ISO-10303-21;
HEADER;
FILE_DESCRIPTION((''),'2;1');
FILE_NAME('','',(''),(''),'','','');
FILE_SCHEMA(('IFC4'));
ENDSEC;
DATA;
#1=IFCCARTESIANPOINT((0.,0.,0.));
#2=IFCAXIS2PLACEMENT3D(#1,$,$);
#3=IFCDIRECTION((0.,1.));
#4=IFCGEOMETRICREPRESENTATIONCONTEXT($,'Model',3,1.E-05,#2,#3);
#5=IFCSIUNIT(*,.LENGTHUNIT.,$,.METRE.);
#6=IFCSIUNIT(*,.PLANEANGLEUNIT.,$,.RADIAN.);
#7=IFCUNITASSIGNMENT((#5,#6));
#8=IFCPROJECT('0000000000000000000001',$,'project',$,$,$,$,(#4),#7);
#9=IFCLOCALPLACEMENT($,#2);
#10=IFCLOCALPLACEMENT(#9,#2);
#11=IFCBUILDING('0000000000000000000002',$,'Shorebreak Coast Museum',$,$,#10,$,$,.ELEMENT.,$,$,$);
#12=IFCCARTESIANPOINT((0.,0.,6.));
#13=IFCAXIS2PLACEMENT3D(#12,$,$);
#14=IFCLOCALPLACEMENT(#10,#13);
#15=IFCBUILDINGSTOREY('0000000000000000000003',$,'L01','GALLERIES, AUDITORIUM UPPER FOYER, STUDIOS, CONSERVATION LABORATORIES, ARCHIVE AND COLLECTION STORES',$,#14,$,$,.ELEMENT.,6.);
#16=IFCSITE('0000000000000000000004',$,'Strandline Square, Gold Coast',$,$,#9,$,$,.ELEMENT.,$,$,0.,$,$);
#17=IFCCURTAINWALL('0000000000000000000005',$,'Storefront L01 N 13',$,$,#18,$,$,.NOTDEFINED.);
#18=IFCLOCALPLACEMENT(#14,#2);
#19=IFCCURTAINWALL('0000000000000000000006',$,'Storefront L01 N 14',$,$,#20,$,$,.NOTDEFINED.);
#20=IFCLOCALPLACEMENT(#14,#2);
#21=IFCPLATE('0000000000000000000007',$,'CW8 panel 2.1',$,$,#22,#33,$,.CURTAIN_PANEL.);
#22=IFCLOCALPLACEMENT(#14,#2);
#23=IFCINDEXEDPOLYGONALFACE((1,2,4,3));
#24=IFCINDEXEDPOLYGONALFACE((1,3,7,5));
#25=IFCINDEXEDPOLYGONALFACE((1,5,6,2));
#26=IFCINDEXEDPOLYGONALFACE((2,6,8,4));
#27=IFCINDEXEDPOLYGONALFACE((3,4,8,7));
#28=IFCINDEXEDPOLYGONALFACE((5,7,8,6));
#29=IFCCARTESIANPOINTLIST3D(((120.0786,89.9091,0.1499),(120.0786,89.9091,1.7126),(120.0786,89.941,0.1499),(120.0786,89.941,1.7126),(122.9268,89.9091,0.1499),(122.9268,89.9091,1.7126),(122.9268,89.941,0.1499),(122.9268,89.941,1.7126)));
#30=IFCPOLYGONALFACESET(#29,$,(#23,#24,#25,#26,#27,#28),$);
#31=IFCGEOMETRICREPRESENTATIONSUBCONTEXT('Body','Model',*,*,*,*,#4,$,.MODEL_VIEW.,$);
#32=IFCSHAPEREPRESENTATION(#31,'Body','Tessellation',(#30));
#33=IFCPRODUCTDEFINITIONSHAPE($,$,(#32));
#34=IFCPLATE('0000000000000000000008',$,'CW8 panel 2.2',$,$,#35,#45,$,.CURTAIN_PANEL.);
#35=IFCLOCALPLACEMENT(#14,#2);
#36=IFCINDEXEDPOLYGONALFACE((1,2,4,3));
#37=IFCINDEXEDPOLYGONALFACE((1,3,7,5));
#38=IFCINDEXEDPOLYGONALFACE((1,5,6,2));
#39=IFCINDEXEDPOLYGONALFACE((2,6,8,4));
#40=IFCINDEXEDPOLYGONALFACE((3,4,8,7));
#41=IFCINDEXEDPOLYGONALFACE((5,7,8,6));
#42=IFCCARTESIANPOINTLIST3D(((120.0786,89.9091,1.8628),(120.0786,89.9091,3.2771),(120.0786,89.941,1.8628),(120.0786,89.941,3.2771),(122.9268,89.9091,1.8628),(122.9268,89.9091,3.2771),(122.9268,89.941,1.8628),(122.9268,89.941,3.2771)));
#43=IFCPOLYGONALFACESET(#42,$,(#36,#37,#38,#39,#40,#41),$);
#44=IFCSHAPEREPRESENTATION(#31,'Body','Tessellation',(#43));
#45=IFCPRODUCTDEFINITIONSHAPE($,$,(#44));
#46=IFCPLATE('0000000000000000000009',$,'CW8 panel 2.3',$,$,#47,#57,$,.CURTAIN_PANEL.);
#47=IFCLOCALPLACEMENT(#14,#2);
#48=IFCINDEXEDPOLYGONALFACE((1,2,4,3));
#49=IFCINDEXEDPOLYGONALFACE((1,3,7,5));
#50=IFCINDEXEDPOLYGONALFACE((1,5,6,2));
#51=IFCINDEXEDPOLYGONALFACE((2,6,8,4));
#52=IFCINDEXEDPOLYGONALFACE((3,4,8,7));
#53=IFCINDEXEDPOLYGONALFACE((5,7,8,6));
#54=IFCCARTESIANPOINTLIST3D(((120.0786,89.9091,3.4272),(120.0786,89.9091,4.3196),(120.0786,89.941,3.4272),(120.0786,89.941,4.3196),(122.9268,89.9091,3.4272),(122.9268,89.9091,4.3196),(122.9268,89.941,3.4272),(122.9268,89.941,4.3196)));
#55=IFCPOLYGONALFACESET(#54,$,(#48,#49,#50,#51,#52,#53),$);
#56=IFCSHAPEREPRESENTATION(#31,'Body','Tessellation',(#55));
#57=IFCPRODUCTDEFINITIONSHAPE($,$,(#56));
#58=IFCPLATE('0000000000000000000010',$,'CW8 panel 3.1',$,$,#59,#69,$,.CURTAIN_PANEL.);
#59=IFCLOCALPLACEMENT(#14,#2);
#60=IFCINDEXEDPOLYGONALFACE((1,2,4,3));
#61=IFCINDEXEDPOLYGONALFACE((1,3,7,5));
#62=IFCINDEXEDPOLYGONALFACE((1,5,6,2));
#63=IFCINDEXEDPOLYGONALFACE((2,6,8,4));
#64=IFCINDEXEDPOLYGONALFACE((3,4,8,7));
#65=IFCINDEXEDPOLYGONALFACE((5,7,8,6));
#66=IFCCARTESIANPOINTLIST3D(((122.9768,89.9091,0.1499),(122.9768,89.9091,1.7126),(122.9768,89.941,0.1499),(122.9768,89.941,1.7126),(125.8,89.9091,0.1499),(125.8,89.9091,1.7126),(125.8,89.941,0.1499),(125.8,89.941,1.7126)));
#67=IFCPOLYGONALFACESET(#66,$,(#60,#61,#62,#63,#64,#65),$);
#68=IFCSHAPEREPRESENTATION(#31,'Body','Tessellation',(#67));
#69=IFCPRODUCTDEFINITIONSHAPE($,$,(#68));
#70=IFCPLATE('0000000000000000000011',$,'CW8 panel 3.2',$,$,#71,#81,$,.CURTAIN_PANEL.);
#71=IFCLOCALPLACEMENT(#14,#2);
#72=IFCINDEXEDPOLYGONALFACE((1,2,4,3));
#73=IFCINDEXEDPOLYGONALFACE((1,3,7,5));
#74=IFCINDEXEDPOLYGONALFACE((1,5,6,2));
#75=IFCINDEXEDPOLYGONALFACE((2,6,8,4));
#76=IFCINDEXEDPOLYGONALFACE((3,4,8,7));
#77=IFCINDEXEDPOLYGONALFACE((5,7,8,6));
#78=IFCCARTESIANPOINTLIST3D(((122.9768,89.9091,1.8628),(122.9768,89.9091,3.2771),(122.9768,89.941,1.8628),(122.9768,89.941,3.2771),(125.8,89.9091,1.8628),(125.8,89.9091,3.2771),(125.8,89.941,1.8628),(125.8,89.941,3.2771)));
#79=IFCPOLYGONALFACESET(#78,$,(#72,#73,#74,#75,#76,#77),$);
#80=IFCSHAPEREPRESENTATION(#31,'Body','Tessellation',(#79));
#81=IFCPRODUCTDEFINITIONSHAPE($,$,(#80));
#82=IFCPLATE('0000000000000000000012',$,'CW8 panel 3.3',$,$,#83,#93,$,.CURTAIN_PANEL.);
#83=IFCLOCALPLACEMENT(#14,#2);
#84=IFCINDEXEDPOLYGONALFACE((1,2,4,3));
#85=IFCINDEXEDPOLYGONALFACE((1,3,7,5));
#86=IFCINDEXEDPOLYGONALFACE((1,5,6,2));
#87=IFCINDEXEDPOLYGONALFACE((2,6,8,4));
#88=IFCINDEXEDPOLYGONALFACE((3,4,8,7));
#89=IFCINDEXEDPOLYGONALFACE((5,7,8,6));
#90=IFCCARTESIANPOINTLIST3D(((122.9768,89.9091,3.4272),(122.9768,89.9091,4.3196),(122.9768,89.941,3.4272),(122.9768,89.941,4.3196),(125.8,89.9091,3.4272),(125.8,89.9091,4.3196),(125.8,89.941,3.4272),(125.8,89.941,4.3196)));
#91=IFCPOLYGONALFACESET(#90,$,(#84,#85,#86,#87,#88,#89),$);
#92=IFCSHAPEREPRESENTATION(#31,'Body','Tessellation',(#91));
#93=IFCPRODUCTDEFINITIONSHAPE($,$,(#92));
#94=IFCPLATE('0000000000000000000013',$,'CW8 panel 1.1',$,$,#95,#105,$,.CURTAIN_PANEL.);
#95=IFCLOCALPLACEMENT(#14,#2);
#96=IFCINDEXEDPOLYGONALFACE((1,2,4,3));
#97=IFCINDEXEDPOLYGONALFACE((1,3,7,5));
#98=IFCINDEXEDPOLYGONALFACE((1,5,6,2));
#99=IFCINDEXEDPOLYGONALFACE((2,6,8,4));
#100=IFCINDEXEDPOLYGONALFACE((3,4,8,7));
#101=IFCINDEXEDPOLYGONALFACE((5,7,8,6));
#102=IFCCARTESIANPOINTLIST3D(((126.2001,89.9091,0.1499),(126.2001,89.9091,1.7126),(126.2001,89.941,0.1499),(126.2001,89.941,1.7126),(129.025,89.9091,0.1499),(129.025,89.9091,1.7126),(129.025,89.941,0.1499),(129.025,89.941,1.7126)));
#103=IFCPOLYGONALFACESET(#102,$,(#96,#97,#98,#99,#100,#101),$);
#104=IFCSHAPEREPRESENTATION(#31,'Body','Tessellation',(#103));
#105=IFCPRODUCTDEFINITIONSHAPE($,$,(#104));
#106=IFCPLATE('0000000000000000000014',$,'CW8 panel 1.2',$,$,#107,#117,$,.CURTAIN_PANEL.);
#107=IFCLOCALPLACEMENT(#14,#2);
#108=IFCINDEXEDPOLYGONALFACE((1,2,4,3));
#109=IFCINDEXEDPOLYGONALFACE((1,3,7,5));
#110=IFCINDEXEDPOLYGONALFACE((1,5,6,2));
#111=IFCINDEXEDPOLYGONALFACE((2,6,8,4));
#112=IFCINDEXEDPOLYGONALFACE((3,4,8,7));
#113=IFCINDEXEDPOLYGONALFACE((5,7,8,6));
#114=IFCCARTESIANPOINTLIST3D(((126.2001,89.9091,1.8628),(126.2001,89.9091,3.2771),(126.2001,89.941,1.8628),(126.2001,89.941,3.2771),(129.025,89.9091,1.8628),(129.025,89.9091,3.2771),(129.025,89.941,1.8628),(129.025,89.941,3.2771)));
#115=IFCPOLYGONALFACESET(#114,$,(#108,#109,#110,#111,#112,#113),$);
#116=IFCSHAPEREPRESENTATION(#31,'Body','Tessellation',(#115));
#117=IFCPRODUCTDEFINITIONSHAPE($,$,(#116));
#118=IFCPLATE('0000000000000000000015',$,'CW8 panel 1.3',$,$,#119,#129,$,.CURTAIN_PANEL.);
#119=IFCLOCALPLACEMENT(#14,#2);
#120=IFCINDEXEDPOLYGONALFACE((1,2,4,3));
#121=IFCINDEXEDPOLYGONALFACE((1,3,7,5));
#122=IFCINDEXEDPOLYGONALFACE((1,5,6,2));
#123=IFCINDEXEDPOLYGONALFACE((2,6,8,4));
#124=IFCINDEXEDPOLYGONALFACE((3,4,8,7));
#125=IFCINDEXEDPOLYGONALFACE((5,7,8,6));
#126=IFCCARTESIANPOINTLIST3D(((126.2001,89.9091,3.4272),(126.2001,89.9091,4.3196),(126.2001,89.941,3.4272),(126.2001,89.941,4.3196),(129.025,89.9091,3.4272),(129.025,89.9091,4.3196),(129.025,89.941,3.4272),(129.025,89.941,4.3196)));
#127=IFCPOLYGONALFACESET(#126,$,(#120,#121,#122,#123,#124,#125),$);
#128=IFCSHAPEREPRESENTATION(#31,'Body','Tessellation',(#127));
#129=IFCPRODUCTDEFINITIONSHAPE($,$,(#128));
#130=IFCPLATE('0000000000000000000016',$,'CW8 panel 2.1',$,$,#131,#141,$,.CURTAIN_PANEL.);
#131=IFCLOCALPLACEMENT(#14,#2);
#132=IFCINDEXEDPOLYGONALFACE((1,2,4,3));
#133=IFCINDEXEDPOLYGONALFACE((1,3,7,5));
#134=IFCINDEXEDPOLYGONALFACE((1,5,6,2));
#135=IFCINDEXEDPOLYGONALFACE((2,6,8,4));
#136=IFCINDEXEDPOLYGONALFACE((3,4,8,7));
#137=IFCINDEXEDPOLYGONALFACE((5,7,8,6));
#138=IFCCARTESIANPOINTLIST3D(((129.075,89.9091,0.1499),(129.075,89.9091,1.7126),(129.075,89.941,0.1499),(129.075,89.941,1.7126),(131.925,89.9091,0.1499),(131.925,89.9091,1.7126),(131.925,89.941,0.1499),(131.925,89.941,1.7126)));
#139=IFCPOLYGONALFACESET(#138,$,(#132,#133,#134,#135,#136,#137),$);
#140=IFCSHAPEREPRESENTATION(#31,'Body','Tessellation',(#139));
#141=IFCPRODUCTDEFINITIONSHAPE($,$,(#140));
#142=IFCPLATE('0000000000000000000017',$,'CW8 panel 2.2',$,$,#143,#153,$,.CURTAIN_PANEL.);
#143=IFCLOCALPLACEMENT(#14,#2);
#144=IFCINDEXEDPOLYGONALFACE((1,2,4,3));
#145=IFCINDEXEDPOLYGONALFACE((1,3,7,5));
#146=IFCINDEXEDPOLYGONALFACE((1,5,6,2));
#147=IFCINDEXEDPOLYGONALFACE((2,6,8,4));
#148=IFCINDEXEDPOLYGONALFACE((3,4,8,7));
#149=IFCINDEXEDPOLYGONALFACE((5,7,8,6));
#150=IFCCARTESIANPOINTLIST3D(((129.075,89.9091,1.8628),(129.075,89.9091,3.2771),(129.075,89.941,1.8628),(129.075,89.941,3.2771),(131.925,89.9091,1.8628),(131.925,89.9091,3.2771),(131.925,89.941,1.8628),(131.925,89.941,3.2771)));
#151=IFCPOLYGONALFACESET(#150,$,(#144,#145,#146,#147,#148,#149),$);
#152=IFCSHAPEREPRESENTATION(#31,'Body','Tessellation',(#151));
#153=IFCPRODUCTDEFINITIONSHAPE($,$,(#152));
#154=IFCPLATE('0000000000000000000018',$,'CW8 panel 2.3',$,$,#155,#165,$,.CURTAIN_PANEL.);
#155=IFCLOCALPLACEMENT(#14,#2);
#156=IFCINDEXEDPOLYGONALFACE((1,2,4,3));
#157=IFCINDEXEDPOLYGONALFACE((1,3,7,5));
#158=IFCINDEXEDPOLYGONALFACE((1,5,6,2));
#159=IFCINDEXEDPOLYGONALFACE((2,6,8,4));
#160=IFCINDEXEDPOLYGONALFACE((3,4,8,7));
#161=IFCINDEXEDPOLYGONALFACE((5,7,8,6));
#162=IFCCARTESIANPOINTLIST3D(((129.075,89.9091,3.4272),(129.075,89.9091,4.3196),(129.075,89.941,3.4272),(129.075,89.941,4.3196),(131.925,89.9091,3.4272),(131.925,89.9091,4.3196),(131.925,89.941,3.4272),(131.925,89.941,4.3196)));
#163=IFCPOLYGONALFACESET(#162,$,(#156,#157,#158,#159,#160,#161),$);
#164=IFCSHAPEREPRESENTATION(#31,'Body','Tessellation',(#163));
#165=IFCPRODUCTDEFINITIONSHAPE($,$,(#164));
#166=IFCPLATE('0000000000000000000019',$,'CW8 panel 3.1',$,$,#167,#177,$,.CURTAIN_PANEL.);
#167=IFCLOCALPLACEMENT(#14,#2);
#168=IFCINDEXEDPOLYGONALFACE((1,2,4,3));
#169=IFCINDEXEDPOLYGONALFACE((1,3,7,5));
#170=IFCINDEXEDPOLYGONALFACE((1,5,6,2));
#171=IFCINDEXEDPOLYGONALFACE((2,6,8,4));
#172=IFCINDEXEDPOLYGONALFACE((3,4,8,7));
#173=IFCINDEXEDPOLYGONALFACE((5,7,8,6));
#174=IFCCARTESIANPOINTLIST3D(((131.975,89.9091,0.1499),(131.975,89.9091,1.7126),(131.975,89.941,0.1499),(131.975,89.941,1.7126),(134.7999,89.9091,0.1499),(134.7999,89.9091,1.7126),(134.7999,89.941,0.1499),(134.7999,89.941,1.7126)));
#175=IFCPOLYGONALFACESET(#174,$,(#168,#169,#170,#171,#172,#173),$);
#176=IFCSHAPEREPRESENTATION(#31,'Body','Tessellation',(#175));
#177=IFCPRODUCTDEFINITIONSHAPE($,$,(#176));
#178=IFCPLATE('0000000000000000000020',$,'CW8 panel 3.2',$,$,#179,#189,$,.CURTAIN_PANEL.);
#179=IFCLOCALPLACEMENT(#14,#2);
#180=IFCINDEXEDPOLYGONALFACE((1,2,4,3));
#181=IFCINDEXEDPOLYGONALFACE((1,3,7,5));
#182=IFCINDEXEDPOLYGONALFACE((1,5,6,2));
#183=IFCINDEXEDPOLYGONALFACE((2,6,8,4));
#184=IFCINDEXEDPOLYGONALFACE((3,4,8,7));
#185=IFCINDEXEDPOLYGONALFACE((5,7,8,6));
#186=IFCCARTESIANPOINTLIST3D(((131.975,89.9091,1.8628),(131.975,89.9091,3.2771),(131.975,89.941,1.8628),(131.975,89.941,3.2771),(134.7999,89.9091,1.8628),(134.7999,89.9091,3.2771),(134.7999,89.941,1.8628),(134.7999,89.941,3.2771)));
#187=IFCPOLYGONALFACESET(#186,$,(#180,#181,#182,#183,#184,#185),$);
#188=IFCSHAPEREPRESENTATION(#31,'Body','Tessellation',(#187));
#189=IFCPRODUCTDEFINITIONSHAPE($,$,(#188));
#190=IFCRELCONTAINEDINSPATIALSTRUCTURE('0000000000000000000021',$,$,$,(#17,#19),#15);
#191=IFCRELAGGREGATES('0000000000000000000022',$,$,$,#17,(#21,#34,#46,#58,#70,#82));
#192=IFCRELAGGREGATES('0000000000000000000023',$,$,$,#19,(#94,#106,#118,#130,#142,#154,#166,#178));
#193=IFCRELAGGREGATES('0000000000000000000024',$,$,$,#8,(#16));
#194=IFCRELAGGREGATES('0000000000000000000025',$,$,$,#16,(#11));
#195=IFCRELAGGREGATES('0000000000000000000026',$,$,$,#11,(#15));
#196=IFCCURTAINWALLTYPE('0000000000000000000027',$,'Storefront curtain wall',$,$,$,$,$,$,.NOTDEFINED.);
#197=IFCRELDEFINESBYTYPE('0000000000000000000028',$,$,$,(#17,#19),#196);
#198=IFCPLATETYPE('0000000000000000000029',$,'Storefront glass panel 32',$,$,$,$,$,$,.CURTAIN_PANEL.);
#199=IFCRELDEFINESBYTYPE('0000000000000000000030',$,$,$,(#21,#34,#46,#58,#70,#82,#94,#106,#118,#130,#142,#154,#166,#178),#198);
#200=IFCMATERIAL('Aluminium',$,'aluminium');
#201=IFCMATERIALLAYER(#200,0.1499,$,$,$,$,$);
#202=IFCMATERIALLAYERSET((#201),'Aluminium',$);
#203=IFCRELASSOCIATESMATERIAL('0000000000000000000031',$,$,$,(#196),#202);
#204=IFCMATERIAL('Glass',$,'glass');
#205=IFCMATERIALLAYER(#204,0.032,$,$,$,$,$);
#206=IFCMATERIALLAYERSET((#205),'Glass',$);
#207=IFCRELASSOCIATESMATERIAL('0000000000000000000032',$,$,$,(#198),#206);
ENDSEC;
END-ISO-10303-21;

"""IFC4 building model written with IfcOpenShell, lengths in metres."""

from ifc_helpers import new_model, si_unit, direction, frame, origin, origin_2d, place, context, subcontext, project, spatial, rectangle, extrude, material, layer, layer_set, type_object, element, aggregate, save


model = new_model("IFC4")

# Units and contexts
model_context = context("Model", 3, precision=1e-05, world=origin(), true_north=direction((0.0, 1.0)))
body_context = subcontext(model_context, "Body", "Model", "MODEL_VIEW")
ifc_project = project(units=[si_unit("LENGTHUNIT", "METRE"), si_unit("PLANEANGLEUNIT", "RADIAN")], contexts=[model_context])

# Site, building, storey
site_placement = place(None, origin())
site = spatial("IfcSite", under=ifc_project, at=site_placement, Name="Strandline Square, Gold Coast", CompositionType="ELEMENT", RefElevation=0.0)
building_placement = place(site_placement, origin())
building = spatial("IfcBuilding", under=site, at=building_placement, Name="Shorebreak Coast Museum", CompositionType="ELEMENT")
storey_placement = place(building_placement, frame((0.0, 0.0, 6.0)))
storey = spatial("IfcBuildingStorey", under=building, at=storey_placement, Name="L01", Description="GALLERIES, AUDITORIUM UPPER FOYER, STUDIOS, CONSERVATION LABORATORIES, ARCHIVE AND COLLECTION STORES", CompositionType="ELEMENT", Elevation=6.0)

# Curtain walls
ifc_material_1 = material(Name="Aluminium", Category="aluminium")
ifc_layer_1 = layer(ifc_material_1, 0.1499)
ifc_layer_set_1 = layer_set([ifc_layer_1], Name="Aluminium")
curtain_wall_type = type_object("IfcCurtainWallType", Name="Storefront curtain wall", PredefinedType="NOTDEFINED", material=ifc_layer_set_1)
curtain_wall_1_placement = place(storey_placement, origin())
curtain_wall_1 = element("IfcCurtainWall", 1, at=curtain_wall_1_placement, inside=storey, type_object=curtain_wall_type, Name="Storefront L01 N 13", PredefinedType="NOTDEFINED")
curtain_wall_2_placement = place(storey_placement, origin())
curtain_wall_2 = element("IfcCurtainWall", 2, at=curtain_wall_2_placement, inside=storey, type_object=curtain_wall_type, Name="Storefront L01 N 14", PredefinedType="NOTDEFINED")

# Plates
ifc_material_2 = material(Name="Glass", Category="glass")
ifc_layer_2 = layer(ifc_material_2, 0.032)
ifc_layer_set_2 = layer_set([ifc_layer_2], Name="Glass")
plate_type = type_object("IfcPlateType", Name="Storefront glass panel 32", PredefinedType="CURTAIN_PANEL", material=ifc_layer_set_2)
plate_1_placement = place(storey_placement, frame((121.5027, 89.925, 0.1499), z_axis=(0.0, 0.0, 1.0), x_axis=(1.0, 0.0, 0.0)))
plate_1 = element("IfcPlate", 3, at=plate_1_placement, type_object=plate_type, Name="CW8 panel 2.1", PredefinedType="CURTAIN_PANEL", context=body_context, shape_type="SweptSolid", body=[
    extrude(rectangle(XDim=2.8481, YDim=0.032, at=origin_2d()), origin(), (0.0, 0.0, 1.0), 1.5627),
])
plate_2_placement = place(storey_placement, frame((121.5027, 89.925, 1.8628), z_axis=(0.0, 0.0, 1.0), x_axis=(1.0, 0.0, 0.0)))
plate_2 = element("IfcPlate", 4, at=plate_2_placement, type_object=plate_type, Name="CW8 panel 2.2", PredefinedType="CURTAIN_PANEL", context=body_context, shape_type="SweptSolid", body=[
    extrude(rectangle(XDim=2.8481, YDim=0.032, at=origin_2d()), origin(), (0.0, 0.0, 1.0), 1.4143),
])
plate_3_placement = place(storey_placement, frame((121.5027, 89.925, 3.4272), z_axis=(0.0, 0.0, 1.0), x_axis=(1.0, 0.0, 0.0)))
plate_3 = element("IfcPlate", 5, at=plate_3_placement, type_object=plate_type, Name="CW8 panel 2.3", PredefinedType="CURTAIN_PANEL", context=body_context, shape_type="SweptSolid", body=[
    extrude(rectangle(XDim=2.8481, YDim=0.032, at=origin_2d()), origin(), (0.0, 0.0, 1.0), 0.8923),
])
plate_4_placement = place(storey_placement, frame((124.3884, 89.925, 0.1499), z_axis=(0.0, 0.0, 1.0), x_axis=(1.0, 0.0, 0.0)))
plate_4 = element("IfcPlate", 6, at=plate_4_placement, type_object=plate_type, Name="CW8 panel 3.1", PredefinedType="CURTAIN_PANEL", context=body_context, shape_type="SweptSolid", body=[
    extrude(rectangle(XDim=2.8232, YDim=0.032, at=origin_2d()), origin(), (0.0, 0.0, 1.0), 1.5627),
])
plate_5_placement = place(storey_placement, frame((124.3884, 89.925, 1.8628), z_axis=(0.0, 0.0, 1.0), x_axis=(1.0, 0.0, 0.0)))
plate_5 = element("IfcPlate", 7, at=plate_5_placement, type_object=plate_type, Name="CW8 panel 3.2", PredefinedType="CURTAIN_PANEL", context=body_context, shape_type="SweptSolid", body=[
    extrude(rectangle(XDim=2.8232, YDim=0.032, at=origin_2d()), origin(), (0.0, 0.0, 1.0), 1.4143),
])
plate_6_placement = place(storey_placement, frame((124.3884, 89.925, 3.4272), z_axis=(0.0, 0.0, 1.0), x_axis=(1.0, 0.0, 0.0)))
plate_6 = element("IfcPlate", 8, at=plate_6_placement, type_object=plate_type, Name="CW8 panel 3.3", PredefinedType="CURTAIN_PANEL", context=body_context, shape_type="SweptSolid", body=[
    extrude(rectangle(XDim=2.8232, YDim=0.032, at=origin_2d()), origin(), (0.0, 0.0, 1.0), 0.8923),
])
aggregate(curtain_wall_1, [plate_1, plate_2, plate_3, plate_4, plate_5, plate_6])
plate_7_placement = place(storey_placement, frame((127.6125, 89.925, 0.1499), z_axis=(0.0, 0.0, 1.0), x_axis=(1.0, 0.0, 0.0)))
plate_7 = element("IfcPlate", 9, at=plate_7_placement, type_object=plate_type, Name="CW8 panel 1.1", PredefinedType="CURTAIN_PANEL", context=body_context, shape_type="SweptSolid", body=[
    extrude(rectangle(XDim=2.825, YDim=0.032, at=origin_2d()), origin(), (0.0, 0.0, 1.0), 1.5627),
])
plate_8_placement = place(storey_placement, frame((127.6125, 89.925, 1.8628), z_axis=(0.0, 0.0, 1.0), x_axis=(1.0, 0.0, 0.0)))
plate_8 = element("IfcPlate", 10, at=plate_8_placement, type_object=plate_type, Name="CW8 panel 1.2", PredefinedType="CURTAIN_PANEL", context=body_context, shape_type="SweptSolid", body=[
    extrude(rectangle(XDim=2.825, YDim=0.032, at=origin_2d()), origin(), (0.0, 0.0, 1.0), 1.4143),
])
plate_9_placement = place(storey_placement, frame((127.6125, 89.925, 3.4272), z_axis=(0.0, 0.0, 1.0), x_axis=(1.0, 0.0, 0.0)))
plate_9 = element("IfcPlate", 11, at=plate_9_placement, type_object=plate_type, Name="CW8 panel 1.3", PredefinedType="CURTAIN_PANEL", context=body_context, shape_type="SweptSolid", body=[
    extrude(rectangle(XDim=2.825, YDim=0.032, at=origin_2d()), origin(), (0.0, 0.0, 1.0), 0.8923),
])
plate_10_placement = place(storey_placement, frame((130.5, 89.925, 0.1499), z_axis=(0.0, 0.0, 1.0), x_axis=(1.0, 0.0, 0.0)))
plate_10 = element("IfcPlate", 12, at=plate_10_placement, type_object=plate_type, Name="CW8 panel 2.1", PredefinedType="CURTAIN_PANEL", context=body_context, shape_type="SweptSolid", body=[
    extrude(rectangle(XDim=2.8501, YDim=0.032, at=origin_2d()), origin(), (0.0, 0.0, 1.0), 1.5627),
])
plate_11_placement = place(storey_placement, frame((130.5, 89.925, 1.8628), z_axis=(0.0, 0.0, 1.0), x_axis=(1.0, 0.0, 0.0)))
plate_11 = element("IfcPlate", 13, at=plate_11_placement, type_object=plate_type, Name="CW8 panel 2.2", PredefinedType="CURTAIN_PANEL", context=body_context, shape_type="SweptSolid", body=[
    extrude(rectangle(XDim=2.8501, YDim=0.032, at=origin_2d()), origin(), (0.0, 0.0, 1.0), 1.4143),
])
plate_12_placement = place(storey_placement, frame((130.5, 89.925, 3.4272), z_axis=(0.0, 0.0, 1.0), x_axis=(1.0, 0.0, 0.0)))
plate_12 = element("IfcPlate", 14, at=plate_12_placement, type_object=plate_type, Name="CW8 panel 2.3", PredefinedType="CURTAIN_PANEL", context=body_context, shape_type="SweptSolid", body=[
    extrude(rectangle(XDim=2.8501, YDim=0.032, at=origin_2d()), origin(), (0.0, 0.0, 1.0), 0.8923),
])
plate_13_placement = place(storey_placement, frame((133.3875, 89.925, 0.1499), z_axis=(0.0, 0.0, 1.0), x_axis=(1.0, 0.0, 0.0)))
plate_13 = element("IfcPlate", 15, at=plate_13_placement, type_object=plate_type, Name="CW8 panel 3.1", PredefinedType="CURTAIN_PANEL", context=body_context, shape_type="SweptSolid", body=[
    extrude(rectangle(XDim=2.825, YDim=0.032, at=origin_2d()), origin(), (0.0, 0.0, 1.0), 1.5627),
])
plate_14_placement = place(storey_placement, frame((133.3875, 89.925, 1.8628), z_axis=(0.0, 0.0, 1.0), x_axis=(1.0, 0.0, 0.0)))
plate_14 = element("IfcPlate", 16, at=plate_14_placement, type_object=plate_type, Name="CW8 panel 3.2", PredefinedType="CURTAIN_PANEL", context=body_context, shape_type="SweptSolid", body=[
    extrude(rectangle(XDim=2.825, YDim=0.032, at=origin_2d()), origin(), (0.0, 0.0, 1.0), 1.4143),
])
aggregate(curtain_wall_2, [plate_7, plate_8, plate_9, plate_10, plate_11, plate_12, plate_13, plate_14])

save(model, "model.ifc")
